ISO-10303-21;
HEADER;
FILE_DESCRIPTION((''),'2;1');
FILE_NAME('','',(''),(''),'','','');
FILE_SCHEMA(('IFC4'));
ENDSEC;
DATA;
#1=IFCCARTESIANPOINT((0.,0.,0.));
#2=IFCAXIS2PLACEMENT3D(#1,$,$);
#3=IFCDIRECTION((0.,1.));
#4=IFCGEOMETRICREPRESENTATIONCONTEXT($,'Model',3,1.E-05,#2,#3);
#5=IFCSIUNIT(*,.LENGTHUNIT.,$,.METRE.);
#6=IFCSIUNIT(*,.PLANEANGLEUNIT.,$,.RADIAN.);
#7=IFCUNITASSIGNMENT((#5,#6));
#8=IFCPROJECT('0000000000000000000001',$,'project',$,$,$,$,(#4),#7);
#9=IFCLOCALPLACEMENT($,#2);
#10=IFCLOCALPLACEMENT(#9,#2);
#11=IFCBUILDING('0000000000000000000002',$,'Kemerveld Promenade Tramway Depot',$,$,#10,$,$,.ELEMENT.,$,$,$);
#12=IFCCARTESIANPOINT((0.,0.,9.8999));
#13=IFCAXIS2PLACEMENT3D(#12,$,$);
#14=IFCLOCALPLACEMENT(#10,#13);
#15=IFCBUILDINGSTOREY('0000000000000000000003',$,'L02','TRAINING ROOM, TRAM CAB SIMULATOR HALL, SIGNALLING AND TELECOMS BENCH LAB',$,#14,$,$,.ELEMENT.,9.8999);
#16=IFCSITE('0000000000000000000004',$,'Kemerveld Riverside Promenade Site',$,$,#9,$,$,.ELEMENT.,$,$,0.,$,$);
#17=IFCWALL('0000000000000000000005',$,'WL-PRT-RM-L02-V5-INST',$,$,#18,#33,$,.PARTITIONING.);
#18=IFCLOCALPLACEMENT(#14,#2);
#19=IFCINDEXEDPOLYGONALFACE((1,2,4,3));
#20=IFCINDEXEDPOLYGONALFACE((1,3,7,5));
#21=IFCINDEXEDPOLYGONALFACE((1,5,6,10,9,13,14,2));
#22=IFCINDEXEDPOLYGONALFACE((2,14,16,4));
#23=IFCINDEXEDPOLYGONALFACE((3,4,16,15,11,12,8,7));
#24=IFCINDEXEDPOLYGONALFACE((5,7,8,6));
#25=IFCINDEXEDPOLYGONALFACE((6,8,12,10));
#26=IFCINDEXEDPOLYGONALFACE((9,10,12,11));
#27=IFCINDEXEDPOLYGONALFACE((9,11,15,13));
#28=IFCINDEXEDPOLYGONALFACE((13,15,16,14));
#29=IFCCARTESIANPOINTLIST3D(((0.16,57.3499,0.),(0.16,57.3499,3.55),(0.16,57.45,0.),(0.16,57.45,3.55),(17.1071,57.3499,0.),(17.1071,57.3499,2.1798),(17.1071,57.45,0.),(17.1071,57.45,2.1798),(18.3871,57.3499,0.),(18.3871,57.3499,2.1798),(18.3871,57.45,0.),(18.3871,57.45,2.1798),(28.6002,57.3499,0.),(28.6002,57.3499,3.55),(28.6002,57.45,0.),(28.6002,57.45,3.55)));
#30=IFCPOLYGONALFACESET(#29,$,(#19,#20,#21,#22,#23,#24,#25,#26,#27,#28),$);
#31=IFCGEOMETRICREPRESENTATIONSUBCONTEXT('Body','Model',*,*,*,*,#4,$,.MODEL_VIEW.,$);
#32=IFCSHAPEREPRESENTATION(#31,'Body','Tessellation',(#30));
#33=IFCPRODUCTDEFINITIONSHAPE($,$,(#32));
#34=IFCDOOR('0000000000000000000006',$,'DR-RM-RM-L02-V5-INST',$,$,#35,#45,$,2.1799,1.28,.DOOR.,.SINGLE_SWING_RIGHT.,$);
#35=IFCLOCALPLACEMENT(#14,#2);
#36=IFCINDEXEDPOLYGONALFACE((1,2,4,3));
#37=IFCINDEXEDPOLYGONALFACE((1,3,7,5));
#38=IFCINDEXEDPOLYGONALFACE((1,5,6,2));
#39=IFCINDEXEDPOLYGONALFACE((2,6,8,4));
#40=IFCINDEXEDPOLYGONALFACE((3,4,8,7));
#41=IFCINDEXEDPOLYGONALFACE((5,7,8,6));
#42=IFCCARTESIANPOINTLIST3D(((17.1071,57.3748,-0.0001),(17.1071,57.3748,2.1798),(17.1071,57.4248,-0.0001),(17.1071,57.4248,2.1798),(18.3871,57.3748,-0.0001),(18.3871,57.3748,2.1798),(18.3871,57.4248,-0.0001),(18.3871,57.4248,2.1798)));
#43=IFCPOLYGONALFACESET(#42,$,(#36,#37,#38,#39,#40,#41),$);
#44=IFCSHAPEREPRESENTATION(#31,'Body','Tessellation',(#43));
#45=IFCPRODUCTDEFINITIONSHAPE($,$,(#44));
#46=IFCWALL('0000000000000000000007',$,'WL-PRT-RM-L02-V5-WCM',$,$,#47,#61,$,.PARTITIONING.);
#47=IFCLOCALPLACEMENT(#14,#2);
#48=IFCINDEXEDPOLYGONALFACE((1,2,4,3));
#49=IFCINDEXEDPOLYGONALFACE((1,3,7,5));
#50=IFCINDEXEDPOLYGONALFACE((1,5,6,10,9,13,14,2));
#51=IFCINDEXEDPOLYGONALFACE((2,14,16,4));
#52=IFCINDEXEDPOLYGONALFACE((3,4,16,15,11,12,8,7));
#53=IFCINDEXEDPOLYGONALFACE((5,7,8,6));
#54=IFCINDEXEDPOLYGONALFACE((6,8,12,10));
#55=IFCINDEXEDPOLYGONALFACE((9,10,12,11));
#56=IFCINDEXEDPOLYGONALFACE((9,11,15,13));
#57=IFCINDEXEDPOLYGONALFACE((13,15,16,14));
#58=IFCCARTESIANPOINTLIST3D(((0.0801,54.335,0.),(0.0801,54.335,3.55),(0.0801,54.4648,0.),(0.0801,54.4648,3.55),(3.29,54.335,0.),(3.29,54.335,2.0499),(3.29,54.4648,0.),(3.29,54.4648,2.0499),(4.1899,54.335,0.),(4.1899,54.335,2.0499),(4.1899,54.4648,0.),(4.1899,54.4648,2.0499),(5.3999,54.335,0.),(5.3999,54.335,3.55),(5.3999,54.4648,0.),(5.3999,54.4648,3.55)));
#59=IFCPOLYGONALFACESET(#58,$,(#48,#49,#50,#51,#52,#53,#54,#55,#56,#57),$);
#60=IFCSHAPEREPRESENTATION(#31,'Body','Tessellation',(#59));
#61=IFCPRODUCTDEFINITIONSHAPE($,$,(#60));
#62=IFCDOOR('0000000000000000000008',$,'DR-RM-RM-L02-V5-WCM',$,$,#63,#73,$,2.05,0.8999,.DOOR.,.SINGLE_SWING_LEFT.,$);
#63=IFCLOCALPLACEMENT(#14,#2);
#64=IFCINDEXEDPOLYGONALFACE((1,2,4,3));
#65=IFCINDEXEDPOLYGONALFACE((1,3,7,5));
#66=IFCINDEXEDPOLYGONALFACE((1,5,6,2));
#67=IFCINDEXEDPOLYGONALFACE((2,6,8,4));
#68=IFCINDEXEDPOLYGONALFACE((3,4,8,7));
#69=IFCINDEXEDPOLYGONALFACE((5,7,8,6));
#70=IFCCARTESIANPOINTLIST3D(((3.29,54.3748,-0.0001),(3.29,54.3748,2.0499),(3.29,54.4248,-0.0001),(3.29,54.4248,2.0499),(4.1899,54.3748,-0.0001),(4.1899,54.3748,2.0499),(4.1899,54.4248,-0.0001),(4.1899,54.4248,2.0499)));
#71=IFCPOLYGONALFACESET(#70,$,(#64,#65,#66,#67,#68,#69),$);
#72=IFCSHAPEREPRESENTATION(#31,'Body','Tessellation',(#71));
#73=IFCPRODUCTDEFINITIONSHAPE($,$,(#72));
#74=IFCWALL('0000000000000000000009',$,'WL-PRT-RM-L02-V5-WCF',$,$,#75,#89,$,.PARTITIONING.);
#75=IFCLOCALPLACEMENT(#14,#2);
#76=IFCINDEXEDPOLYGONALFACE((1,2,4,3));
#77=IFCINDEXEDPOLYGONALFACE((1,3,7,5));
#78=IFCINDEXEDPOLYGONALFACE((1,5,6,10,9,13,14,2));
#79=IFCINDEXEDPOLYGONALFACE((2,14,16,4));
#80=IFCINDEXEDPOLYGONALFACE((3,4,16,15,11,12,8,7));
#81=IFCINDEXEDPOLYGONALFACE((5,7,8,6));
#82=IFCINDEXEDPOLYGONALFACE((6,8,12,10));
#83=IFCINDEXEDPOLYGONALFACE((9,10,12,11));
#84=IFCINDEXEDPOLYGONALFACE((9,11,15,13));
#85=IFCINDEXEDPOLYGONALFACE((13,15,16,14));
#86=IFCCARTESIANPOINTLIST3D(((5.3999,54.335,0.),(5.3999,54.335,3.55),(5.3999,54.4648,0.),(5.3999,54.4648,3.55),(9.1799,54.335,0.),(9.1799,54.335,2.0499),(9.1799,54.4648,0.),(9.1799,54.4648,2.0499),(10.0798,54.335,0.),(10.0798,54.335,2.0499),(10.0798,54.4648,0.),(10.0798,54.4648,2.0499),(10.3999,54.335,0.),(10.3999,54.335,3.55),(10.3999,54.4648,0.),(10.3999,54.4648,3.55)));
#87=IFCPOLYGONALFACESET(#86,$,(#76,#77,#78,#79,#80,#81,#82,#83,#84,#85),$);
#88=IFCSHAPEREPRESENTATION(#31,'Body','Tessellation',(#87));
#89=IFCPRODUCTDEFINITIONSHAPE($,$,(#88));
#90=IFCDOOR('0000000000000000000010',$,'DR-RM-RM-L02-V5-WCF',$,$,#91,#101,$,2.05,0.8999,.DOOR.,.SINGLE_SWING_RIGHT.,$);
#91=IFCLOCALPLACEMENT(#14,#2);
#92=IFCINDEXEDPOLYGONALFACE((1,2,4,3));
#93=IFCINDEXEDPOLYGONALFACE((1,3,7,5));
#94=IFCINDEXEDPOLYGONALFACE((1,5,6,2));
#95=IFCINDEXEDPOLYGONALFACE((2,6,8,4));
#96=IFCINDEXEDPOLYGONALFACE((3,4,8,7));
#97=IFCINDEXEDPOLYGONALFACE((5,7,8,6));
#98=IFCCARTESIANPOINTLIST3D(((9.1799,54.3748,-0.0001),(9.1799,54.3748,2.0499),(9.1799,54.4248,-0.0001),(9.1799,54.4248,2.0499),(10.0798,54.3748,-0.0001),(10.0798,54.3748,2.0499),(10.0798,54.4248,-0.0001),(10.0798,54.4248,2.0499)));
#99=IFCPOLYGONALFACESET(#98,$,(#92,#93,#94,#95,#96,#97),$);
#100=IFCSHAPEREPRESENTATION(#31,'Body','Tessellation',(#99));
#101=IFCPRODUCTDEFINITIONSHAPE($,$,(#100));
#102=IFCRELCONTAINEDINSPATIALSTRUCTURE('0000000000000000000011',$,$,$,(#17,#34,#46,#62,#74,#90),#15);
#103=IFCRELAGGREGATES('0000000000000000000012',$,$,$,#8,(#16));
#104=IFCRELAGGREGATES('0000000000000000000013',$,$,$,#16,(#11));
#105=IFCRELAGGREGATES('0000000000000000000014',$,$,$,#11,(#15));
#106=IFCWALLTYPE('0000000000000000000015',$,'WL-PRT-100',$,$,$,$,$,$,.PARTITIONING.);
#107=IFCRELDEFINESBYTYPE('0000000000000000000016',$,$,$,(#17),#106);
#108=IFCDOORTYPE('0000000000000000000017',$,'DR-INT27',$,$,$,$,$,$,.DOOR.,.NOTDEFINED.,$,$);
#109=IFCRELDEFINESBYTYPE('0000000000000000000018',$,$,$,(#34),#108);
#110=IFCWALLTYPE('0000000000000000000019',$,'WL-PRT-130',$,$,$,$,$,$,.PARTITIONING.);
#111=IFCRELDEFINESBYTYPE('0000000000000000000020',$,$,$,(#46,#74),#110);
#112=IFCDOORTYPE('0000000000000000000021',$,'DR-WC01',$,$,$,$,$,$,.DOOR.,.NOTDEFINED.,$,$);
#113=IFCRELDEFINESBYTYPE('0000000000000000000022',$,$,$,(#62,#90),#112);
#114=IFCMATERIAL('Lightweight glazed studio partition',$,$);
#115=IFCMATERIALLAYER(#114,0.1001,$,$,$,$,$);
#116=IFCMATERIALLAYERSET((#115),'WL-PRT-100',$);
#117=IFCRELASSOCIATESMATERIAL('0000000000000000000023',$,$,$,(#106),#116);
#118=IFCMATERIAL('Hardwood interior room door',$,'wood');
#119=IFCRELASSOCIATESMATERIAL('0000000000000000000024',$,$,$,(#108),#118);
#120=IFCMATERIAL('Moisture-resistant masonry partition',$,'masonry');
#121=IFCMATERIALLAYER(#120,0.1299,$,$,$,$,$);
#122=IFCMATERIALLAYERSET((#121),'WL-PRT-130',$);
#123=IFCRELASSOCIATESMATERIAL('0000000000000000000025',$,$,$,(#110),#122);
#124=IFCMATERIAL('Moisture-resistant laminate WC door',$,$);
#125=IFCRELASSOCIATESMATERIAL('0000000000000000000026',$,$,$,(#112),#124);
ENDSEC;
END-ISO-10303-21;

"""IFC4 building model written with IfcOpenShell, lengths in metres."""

from ifc_helpers import new_model, si_unit, direction, frame, frame_2d, origin, place, context, subcontext, project, spatial, rectangle, extrude, material, layer, layer_set, type_object, element, fill, save


model = new_model("IFC4")

# Units and contexts
model_context = context("Model", 3, precision=1e-05, world=origin(), true_north=direction((0.0, 1.0)))
body_context = subcontext(model_context, "Body", "Model", "MODEL_VIEW")
ifc_project = project(units=[si_unit("LENGTHUNIT", "METRE"), si_unit("PLANEANGLEUNIT", "RADIAN")], contexts=[model_context])

# Site, building, storey
site_placement = place(None, origin())
site = spatial("IfcSite", under=ifc_project, at=site_placement, Name="Kemerveld Riverside Promenade Site", CompositionType="ELEMENT", RefElevation=0.0)
building_placement = place(site_placement, origin())
building = spatial("IfcBuilding", under=site, at=building_placement, Name="Kemerveld Promenade Tramway Depot", CompositionType="ELEMENT")
storey_placement = place(building_placement, frame((0.0, 0.0, 9.8999)))
storey = spatial("IfcBuildingStorey", under=building, at=storey_placement, Name="L02", Description="TRAINING ROOM, TRAM CAB SIMULATOR HALL, SIGNALLING AND TELECOMS BENCH LAB", CompositionType="ELEMENT", Elevation=9.8999)

# Walls, openings, doors
ifc_material_1 = material(Name="Lightweight glazed studio partition")
ifc_layer_1 = layer(ifc_material_1, 0.1001)
ifc_layer_set_1 = layer_set([ifc_layer_1], Name="WL-PRT-100")
wall_type_1 = type_object("IfcWallType", Name="WL-PRT-100", PredefinedType="PARTITIONING", material=ifc_layer_set_1)
wall_1_placement = place(storey_placement, frame((0.1599, 57.3999, 0.0), z_axis=(0.0, 0.0, 1.0), x_axis=(1.0, 0.0, 0.0)))
wall_1 = element("IfcWall", 1, at=wall_1_placement, inside=storey, type_object=wall_type_1, Name="WL-PRT-RM-L02-V5-INST", PredefinedType="PARTITIONING", context=body_context, shape_type="SweptSolid", body=[
    extrude(rectangle(XDim=28.4402, YDim=0.1001, at=frame_2d((14.2202, 0.0))), origin(), (0.0, 0.0, 1.0), 3.55),
])
opening_1_placement = place(wall_1_placement, frame((16.947, 0.0, 0.0)))
opening_1 = element("IfcOpeningElement", 2, at=opening_1_placement, cuts=wall_1, PredefinedType="OPENING", context=body_context, shape_type="SweptSolid", body=[
    extrude(rectangle(XDim=1.28, YDim=2.1799, at=frame_2d((0.6401, 1.0898))), frame((0.0, 0.0601, 0.0), z_axis=(0.0, -1.0, 0.0), x_axis=(1.0, 0.0, 0.0)), (0.0, 0.0, 1.0), 0.1201),
])
ifc_material_2 = material(Name="Hardwood interior room door", Category="wood")
door_type_1 = type_object("IfcDoorType", Name="DR-INT27", OperationType="NOTDEFINED", PredefinedType="DOOR", material=ifc_material_2)
door_1_placement = place(opening_1_placement, origin())
door_1 = element("IfcDoor", 3, at=door_1_placement, inside=storey, type_object=door_type_1, Name="DR-RM-RM-L02-V5-INST", OperationType="SINGLE_SWING_RIGHT", OverallHeight=2.1799, OverallWidth=1.28, PredefinedType="DOOR", context=body_context, shape_type="SweptSolid", body=[
    extrude(rectangle(XDim=1.28, YDim=2.1799, at=frame_2d((0.6401, 1.0898))), frame((0.0, 0.0249, 0.0), z_axis=(0.0, -1.0, 0.0), x_axis=(1.0, 0.0, 0.0)), (0.0, 0.0, 1.0), 0.05),
])
fill(opening_1, door_1)
ifc_material_3 = material(Name="Moisture-resistant masonry partition", Category="masonry")
ifc_layer_2 = layer(ifc_material_3, 0.1299)
ifc_layer_set_2 = layer_set([ifc_layer_2], Name="WL-PRT-130")
wall_type_2 = type_object("IfcWallType", Name="WL-PRT-130", PredefinedType="PARTITIONING", material=ifc_layer_set_2)
wall_2_placement = place(storey_placement, frame((0.0801, 54.3999, 0.0), z_axis=(0.0, 0.0, 1.0), x_axis=(1.0, 0.0, 0.0)))
wall_2 = element("IfcWall", 4, at=wall_2_placement, inside=storey, type_object=wall_type_2, Name="WL-PRT-RM-L02-V5-WCM", PredefinedType="PARTITIONING", context=body_context, shape_type="SweptSolid", body=[
    extrude(rectangle(XDim=5.3198, YDim=0.1299, at=frame_2d((2.6599, 0.0))), origin(), (0.0, 0.0, 1.0), 3.55),
])
opening_2_placement = place(wall_2_placement, frame((3.21, 0.0, 0.0)))
opening_2 = element("IfcOpeningElement", 5, at=opening_2_placement, cuts=wall_2, PredefinedType="OPENING", context=body_context, shape_type="SweptSolid", body=[
    extrude(rectangle(XDim=0.8999, YDim=2.05, at=frame_2d((0.45, 1.0249))), frame((0.0, 0.075, 0.0), z_axis=(0.0, -1.0, 0.0), x_axis=(1.0, 0.0, 0.0)), (0.0, 0.0, 1.0), 0.1499),
])
ifc_material_4 = material(Name="Moisture-resistant laminate WC door")
door_type_2 = type_object("IfcDoorType", Name="DR-WC01", OperationType="NOTDEFINED", PredefinedType="DOOR", material=ifc_material_4)
door_2_placement = place(opening_2_placement, origin())
door_2 = element("IfcDoor", 6, at=door_2_placement, inside=storey, type_object=door_type_2, Name="DR-RM-RM-L02-V5-WCM", OperationType="SINGLE_SWING_LEFT", OverallHeight=2.05, OverallWidth=0.8999, PredefinedType="DOOR", context=body_context, shape_type="SweptSolid", body=[
    extrude(rectangle(XDim=0.8999, YDim=2.05, at=frame_2d((0.45, 1.0249))), frame((0.0, 0.0249, 0.0), z_axis=(0.0, -1.0, 0.0), x_axis=(1.0, 0.0, 0.0)), (0.0, 0.0, 1.0), 0.05),
])
fill(opening_2, door_2)
wall_3_placement = place(storey_placement, frame((5.3999, 54.3999, 0.0), z_axis=(0.0, 0.0, 1.0), x_axis=(1.0, 0.0, 0.0)))
wall_3 = element("IfcWall", 7, at=wall_3_placement, inside=storey, type_object=wall_type_2, Name="WL-PRT-RM-L02-V5-WCF", PredefinedType="PARTITIONING", context=body_context, shape_type="SweptSolid", body=[
    extrude(rectangle(XDim=5.0, YDim=0.1299, at=frame_2d((2.5, 0.0))), origin(), (0.0, 0.0, 1.0), 3.55),
])
opening_3_placement = place(wall_3_placement, frame((3.78, 0.0, 0.0)))
opening_3 = element("IfcOpeningElement", 8, at=opening_3_placement, cuts=wall_3, PredefinedType="OPENING", context=body_context, shape_type="SweptSolid", body=[
    extrude(rectangle(XDim=0.8999, YDim=2.05, at=frame_2d((0.45, 1.0249))), frame((0.0, 0.075, 0.0), z_axis=(0.0, -1.0, 0.0), x_axis=(1.0, 0.0, 0.0)), (0.0, 0.0, 1.0), 0.1499),
])
door_3_placement = place(opening_3_placement, origin())
door_3 = element("IfcDoor", 9, at=door_3_placement, inside=storey, type_object=door_type_2, Name="DR-RM-RM-L02-V5-WCF", OperationType="SINGLE_SWING_RIGHT", OverallHeight=2.05, OverallWidth=0.8999, PredefinedType="DOOR", context=body_context, shape_type="SweptSolid", body=[
    extrude(rectangle(XDim=0.8999, YDim=2.05, at=frame_2d((0.45, 1.0249))), frame((0.0, 0.0249, 0.0), z_axis=(0.0, -1.0, 0.0), x_axis=(1.0, 0.0, 0.0)), (0.0, 0.0, 1.0), 0.05),
])
fill(opening_3, door_3)

save(model, "model.ifc")
